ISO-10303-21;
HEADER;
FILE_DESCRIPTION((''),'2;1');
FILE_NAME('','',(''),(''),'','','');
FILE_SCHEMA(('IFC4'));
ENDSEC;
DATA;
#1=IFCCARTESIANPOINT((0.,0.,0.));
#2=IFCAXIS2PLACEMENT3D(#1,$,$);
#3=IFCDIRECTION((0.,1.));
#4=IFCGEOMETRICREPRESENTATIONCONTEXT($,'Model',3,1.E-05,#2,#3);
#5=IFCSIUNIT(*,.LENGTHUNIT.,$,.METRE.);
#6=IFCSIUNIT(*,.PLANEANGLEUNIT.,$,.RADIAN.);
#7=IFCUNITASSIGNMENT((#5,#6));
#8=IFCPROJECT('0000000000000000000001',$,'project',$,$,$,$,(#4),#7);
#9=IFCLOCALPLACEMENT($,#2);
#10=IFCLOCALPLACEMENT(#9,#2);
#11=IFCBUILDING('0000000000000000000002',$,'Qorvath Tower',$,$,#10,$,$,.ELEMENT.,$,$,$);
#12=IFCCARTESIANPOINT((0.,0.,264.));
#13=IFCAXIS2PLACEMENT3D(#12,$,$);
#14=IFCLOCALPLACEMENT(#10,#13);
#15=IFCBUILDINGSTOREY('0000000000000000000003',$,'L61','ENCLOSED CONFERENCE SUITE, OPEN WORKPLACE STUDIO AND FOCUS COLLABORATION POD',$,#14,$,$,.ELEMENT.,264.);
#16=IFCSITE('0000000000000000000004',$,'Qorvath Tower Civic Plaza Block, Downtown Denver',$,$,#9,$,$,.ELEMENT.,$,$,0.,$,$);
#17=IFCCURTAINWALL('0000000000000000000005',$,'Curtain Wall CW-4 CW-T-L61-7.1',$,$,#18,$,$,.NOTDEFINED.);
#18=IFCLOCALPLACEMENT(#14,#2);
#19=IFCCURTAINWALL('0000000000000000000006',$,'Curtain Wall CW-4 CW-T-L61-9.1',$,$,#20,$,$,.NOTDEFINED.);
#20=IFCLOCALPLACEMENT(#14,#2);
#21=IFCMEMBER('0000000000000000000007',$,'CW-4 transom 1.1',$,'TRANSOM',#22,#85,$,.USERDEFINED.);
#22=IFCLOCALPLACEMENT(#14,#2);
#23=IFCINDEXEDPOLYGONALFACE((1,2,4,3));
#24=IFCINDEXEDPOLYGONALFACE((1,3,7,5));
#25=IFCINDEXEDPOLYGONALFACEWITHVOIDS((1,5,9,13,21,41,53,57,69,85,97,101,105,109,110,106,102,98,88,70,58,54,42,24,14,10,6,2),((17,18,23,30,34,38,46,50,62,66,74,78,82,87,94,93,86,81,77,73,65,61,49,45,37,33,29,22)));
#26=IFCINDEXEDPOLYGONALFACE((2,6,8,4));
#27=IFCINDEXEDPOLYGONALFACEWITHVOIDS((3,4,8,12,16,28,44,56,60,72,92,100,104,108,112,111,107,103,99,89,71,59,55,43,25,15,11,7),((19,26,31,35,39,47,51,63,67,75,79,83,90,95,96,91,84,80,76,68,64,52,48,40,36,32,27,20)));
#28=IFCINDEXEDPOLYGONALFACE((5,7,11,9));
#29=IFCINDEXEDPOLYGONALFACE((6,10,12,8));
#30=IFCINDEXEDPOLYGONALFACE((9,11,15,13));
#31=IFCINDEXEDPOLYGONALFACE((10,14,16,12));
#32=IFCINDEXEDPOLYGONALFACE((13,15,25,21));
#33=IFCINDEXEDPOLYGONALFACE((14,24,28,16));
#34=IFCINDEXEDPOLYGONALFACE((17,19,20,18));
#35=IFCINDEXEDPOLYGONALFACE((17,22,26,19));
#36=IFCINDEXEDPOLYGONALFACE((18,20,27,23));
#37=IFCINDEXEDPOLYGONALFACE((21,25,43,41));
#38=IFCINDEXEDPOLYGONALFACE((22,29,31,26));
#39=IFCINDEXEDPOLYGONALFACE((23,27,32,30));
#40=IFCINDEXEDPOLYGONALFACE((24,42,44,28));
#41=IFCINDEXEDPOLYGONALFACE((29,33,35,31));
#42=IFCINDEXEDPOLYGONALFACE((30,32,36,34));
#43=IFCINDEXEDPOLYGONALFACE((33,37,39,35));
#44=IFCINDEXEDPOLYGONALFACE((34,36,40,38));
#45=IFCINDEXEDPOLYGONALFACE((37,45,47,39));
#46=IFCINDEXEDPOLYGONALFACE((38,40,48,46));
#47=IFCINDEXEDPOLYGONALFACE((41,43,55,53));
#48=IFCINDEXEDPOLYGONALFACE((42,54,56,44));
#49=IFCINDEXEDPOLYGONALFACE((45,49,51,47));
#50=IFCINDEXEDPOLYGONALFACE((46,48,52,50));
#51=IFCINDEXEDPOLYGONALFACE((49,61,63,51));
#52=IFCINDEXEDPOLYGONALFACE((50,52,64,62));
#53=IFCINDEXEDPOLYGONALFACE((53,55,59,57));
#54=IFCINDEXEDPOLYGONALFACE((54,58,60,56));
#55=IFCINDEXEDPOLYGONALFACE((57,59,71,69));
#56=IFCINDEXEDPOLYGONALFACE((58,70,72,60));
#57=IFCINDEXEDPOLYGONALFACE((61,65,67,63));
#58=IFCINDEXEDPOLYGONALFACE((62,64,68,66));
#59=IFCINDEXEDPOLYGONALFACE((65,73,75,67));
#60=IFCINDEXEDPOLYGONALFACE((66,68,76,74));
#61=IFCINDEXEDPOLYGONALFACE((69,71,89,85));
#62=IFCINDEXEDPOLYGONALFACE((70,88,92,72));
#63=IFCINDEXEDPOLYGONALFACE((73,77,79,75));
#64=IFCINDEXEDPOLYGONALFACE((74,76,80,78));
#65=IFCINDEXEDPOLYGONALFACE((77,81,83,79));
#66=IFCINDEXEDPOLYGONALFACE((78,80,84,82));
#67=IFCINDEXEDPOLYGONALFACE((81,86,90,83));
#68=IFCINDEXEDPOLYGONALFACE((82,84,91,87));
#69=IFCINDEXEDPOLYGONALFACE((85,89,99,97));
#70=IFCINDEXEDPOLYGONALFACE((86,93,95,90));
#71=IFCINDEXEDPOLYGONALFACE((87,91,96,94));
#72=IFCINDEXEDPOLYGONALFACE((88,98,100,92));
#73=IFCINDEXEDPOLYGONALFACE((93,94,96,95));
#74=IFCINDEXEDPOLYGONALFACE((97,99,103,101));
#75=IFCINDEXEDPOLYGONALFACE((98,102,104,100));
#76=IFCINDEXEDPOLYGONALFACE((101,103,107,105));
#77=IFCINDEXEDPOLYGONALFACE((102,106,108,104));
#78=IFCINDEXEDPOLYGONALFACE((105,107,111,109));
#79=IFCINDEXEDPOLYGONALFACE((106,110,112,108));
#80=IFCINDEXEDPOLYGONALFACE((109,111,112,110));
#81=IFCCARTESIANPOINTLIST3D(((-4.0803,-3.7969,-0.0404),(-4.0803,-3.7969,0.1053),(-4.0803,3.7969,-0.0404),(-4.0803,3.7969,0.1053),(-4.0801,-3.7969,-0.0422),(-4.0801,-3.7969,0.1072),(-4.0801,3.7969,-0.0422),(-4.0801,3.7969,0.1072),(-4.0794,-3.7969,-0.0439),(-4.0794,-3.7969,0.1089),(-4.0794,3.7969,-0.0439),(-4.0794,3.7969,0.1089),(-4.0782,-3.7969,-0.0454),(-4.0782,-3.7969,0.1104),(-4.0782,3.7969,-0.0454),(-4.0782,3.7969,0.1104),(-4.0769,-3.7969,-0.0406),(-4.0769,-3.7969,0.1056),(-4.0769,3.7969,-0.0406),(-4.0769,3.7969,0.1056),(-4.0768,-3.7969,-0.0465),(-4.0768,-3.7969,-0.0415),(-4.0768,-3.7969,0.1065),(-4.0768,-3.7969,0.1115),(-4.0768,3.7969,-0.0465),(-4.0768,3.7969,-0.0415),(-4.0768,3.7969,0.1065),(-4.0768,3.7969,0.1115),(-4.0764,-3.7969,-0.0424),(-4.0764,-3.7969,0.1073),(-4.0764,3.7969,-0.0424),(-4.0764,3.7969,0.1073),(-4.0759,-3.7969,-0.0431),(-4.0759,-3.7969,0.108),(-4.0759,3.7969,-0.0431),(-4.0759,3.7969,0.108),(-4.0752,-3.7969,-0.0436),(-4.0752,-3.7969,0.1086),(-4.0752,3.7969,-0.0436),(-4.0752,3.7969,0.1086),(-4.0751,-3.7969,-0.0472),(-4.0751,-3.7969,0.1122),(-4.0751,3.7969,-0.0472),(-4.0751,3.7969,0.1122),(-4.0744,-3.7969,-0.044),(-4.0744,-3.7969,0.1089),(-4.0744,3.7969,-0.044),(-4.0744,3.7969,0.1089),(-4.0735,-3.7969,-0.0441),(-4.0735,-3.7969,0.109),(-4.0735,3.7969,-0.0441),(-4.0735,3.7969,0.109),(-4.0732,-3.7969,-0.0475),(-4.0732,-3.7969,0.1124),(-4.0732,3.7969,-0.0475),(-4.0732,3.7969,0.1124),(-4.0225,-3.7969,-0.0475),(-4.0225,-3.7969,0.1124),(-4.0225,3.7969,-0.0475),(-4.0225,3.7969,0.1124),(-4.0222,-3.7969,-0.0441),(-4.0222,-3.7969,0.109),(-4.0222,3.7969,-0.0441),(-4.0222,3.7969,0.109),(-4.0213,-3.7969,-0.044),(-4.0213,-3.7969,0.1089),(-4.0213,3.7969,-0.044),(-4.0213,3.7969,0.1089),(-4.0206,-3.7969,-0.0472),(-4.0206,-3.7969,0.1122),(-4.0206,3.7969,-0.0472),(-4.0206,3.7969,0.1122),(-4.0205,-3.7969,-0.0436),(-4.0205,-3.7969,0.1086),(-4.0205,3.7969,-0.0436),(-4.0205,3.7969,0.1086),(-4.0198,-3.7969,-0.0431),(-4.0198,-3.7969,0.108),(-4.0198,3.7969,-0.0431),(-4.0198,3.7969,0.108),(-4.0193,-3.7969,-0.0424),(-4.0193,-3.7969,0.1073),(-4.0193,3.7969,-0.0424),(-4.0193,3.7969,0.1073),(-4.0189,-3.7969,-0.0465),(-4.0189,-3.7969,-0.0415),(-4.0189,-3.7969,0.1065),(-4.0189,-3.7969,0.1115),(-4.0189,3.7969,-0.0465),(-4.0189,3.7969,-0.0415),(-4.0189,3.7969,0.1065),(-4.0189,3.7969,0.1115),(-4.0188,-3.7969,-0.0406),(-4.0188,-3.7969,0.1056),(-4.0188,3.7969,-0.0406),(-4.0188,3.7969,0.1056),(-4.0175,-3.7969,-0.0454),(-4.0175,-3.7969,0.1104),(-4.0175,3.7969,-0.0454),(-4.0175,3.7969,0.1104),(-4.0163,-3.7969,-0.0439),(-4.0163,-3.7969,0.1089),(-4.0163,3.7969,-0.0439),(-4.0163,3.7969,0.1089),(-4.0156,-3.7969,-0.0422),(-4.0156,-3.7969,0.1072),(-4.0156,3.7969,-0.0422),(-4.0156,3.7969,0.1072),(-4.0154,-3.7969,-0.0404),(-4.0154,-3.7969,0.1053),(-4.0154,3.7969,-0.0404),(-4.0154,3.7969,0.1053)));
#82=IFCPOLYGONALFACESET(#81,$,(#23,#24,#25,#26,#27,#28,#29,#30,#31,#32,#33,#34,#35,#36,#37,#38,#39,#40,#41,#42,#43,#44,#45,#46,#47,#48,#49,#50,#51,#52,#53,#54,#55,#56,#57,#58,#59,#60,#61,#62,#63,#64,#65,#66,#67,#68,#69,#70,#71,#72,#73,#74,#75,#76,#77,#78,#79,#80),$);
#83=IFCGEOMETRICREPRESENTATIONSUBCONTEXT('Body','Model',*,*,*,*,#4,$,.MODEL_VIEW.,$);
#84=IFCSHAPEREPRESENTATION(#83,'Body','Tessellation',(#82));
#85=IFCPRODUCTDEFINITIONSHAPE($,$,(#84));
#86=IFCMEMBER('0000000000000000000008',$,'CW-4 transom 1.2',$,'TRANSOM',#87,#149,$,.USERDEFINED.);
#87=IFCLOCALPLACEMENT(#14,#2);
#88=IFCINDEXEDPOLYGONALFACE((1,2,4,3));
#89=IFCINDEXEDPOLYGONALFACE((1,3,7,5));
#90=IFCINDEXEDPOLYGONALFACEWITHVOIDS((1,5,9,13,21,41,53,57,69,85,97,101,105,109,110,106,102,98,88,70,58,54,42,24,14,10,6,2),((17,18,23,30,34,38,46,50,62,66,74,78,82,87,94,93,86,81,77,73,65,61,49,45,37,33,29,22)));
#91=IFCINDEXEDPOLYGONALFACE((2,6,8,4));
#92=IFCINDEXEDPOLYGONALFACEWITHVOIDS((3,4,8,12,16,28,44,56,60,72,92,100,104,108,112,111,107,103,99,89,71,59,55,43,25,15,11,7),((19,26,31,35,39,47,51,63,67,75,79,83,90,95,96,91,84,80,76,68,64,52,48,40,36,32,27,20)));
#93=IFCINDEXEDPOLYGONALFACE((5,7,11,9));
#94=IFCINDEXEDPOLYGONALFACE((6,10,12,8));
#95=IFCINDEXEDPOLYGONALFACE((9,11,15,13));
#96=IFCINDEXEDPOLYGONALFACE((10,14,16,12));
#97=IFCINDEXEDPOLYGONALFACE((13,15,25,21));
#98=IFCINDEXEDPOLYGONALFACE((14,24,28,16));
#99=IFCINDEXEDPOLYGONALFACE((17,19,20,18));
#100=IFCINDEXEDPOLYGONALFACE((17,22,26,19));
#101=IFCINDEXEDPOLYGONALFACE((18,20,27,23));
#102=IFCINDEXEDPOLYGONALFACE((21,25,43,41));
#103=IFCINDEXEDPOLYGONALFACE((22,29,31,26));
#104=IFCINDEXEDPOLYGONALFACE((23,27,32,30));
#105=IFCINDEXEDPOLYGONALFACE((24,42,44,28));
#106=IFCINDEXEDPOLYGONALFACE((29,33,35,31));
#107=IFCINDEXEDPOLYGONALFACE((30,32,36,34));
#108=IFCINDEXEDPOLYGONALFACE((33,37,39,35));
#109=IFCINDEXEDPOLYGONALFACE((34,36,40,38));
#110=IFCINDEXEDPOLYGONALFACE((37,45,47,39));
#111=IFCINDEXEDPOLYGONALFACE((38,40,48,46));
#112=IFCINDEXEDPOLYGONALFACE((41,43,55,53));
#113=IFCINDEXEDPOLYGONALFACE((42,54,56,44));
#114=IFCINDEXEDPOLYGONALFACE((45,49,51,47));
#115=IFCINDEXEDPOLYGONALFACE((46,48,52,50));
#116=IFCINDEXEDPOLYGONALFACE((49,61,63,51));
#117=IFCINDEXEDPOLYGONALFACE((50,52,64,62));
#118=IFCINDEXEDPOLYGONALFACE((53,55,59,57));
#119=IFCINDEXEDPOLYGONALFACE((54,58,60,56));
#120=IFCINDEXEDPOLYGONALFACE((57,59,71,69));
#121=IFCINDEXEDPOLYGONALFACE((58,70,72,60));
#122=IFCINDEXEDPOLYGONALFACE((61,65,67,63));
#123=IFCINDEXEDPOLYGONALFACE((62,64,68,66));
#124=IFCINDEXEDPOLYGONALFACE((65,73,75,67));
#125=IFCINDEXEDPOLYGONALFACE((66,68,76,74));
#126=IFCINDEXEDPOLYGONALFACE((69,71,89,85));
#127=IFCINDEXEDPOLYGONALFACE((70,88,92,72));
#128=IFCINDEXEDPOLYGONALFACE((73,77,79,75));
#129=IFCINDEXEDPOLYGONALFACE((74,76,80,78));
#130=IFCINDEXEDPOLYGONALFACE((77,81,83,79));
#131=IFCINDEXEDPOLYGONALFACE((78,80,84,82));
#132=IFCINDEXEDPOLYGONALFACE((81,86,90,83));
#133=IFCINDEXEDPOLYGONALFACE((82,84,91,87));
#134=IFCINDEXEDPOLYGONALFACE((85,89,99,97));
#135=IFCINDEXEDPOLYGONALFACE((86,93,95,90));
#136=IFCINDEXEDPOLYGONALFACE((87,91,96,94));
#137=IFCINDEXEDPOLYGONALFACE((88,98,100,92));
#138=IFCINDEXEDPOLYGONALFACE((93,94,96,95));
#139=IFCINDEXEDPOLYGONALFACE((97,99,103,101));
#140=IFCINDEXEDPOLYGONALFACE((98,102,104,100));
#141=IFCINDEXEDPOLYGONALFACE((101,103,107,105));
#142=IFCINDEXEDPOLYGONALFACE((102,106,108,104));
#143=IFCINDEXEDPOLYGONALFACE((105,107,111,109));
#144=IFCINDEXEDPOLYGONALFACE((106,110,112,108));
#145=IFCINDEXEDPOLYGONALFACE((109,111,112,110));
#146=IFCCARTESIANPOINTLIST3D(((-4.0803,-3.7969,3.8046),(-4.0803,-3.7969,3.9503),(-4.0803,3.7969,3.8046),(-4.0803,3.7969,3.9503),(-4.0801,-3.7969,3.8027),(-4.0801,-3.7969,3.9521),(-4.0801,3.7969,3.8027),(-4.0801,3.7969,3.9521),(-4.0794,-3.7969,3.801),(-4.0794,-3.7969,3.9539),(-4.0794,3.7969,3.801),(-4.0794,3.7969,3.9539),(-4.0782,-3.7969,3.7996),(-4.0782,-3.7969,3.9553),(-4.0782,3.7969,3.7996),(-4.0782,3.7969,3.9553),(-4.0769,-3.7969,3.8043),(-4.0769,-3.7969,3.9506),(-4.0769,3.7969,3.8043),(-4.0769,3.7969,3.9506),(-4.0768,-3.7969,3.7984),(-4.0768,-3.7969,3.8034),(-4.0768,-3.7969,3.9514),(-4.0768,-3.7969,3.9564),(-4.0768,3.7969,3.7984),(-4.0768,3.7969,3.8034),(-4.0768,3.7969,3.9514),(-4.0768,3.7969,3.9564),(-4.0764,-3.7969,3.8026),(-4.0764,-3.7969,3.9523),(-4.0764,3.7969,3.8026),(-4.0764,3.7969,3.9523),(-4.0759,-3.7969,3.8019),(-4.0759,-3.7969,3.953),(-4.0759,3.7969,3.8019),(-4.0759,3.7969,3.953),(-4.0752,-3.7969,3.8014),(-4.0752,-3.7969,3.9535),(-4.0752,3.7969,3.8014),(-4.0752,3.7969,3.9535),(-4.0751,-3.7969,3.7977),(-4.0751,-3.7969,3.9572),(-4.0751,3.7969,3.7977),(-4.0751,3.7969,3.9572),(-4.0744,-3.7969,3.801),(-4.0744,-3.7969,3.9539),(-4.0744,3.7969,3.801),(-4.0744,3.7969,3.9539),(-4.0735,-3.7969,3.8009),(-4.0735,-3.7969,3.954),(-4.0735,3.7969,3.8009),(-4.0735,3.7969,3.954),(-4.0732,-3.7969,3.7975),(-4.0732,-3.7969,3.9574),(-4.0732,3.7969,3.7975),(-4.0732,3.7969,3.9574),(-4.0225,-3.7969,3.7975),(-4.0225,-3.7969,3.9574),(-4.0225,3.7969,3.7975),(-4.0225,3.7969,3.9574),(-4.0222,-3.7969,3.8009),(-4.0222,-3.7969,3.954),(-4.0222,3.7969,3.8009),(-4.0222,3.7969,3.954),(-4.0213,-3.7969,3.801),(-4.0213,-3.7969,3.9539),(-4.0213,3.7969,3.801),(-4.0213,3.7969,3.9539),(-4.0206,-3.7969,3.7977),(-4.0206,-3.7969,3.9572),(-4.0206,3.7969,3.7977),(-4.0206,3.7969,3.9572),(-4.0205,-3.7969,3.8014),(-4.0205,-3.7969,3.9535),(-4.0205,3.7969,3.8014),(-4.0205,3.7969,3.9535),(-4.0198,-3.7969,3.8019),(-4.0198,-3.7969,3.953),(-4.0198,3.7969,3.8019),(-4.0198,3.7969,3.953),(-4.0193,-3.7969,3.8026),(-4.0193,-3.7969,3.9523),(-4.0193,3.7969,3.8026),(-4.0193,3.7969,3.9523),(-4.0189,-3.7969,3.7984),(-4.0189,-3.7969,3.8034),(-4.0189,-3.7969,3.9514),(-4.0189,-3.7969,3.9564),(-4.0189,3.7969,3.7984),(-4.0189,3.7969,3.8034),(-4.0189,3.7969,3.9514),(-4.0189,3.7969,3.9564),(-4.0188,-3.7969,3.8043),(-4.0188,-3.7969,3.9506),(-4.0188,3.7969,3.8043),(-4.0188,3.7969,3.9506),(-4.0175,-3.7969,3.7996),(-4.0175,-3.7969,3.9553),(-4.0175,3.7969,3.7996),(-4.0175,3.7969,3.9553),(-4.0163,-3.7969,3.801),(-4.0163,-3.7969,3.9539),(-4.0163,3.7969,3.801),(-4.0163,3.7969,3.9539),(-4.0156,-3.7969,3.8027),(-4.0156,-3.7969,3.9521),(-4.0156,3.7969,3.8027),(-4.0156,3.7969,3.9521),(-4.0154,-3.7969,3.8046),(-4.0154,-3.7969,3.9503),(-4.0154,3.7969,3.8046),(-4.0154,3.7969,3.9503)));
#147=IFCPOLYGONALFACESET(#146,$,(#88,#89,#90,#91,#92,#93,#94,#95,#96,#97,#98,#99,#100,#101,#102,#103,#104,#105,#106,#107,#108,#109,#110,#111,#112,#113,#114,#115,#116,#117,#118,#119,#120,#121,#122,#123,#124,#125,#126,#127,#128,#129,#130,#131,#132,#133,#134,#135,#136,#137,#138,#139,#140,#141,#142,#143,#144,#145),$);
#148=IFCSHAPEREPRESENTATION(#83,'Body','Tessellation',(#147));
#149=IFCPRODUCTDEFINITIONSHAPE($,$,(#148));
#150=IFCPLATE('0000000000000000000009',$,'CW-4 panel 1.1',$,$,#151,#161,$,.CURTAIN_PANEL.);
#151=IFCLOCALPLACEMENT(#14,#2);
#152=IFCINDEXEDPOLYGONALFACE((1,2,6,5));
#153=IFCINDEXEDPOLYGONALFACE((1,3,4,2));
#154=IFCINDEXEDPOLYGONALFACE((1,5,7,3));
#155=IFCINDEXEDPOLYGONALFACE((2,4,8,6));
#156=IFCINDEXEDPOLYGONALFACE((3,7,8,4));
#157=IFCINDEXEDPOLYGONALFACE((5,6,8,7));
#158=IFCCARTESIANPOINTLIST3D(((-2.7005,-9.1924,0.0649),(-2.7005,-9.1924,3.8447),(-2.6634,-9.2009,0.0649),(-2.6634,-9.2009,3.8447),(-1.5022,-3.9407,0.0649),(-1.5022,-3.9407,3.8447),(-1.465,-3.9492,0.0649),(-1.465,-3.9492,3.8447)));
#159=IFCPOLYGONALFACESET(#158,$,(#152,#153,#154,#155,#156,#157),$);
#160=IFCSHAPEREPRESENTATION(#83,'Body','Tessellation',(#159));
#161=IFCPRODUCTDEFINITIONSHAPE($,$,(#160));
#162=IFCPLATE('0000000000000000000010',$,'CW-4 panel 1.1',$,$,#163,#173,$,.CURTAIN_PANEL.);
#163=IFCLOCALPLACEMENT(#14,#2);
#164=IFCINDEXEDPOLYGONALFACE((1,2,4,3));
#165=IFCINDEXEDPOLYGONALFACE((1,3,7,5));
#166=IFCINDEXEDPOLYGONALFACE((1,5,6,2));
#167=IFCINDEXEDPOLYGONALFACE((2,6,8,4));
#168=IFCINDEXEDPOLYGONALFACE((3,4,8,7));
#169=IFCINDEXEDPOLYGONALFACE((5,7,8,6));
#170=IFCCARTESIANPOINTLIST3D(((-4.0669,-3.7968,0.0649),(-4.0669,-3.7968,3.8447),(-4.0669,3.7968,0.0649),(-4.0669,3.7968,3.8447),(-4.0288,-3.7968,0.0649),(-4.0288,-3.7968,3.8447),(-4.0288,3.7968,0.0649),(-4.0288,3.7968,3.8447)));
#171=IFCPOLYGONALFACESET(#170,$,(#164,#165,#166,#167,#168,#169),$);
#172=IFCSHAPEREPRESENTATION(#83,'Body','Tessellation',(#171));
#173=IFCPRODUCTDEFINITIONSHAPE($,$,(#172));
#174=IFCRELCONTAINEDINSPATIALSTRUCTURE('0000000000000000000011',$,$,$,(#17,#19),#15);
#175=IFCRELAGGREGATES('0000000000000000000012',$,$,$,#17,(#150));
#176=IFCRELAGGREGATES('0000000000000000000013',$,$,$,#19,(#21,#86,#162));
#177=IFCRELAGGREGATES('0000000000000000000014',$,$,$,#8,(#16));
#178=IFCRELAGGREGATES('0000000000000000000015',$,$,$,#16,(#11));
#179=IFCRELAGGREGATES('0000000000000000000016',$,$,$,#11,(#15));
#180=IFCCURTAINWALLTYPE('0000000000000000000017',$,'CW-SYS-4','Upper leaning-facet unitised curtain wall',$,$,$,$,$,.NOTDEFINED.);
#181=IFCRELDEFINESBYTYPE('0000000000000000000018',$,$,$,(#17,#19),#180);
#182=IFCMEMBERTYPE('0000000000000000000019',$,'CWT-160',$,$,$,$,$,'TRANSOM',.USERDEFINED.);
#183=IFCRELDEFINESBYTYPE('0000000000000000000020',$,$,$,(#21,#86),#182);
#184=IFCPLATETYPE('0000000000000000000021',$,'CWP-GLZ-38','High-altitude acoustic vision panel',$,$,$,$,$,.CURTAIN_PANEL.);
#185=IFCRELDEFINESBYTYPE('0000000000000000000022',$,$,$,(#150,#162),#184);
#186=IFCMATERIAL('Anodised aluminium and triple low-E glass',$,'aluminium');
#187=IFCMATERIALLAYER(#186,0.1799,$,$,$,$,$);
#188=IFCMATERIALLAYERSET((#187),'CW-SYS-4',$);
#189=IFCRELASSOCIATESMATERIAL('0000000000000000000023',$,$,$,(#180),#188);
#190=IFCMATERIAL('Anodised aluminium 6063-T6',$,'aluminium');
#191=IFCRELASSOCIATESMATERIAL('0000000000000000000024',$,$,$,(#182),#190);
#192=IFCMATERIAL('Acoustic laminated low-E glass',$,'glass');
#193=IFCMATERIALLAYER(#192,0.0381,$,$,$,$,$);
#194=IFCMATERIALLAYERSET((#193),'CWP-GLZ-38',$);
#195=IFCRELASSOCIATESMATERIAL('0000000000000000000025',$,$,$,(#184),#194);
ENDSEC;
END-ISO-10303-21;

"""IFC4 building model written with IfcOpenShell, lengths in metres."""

from ifc_helpers import new_model, si_unit, direction, frame, origin, origin_2d, place, context, subcontext, project, spatial, rectangle, hollow_rectangle, extrude, material, layer, layer_set, material_profile, profile_set, type_object, element, aggregate, save


model = new_model("IFC4")

# Units and contexts
model_context = context("Model", 3, precision=1e-05, world=origin(), true_north=direction((0.0, 1.0)))
body_context = subcontext(model_context, "Body", "Model", "MODEL_VIEW")
ifc_project = project(units=[si_unit("LENGTHUNIT", "METRE"), si_unit("PLANEANGLEUNIT", "RADIAN")], contexts=[model_context])

# Site, building, storey
site_placement = place(None, origin())
site = spatial("IfcSite", under=ifc_project, at=site_placement, Name="Qorvath Tower Civic Plaza Block, Downtown Denver", CompositionType="ELEMENT", RefElevation=0.0)
building_placement = place(site_placement, origin())
building = spatial("IfcBuilding", under=site, at=building_placement, Name="Qorvath Tower", CompositionType="ELEMENT")
storey_placement = place(building_placement, frame((0.0, 0.0, 264.0)))
storey = spatial("IfcBuildingStorey", under=building, at=storey_placement, Name="L61", Description="ENCLOSED CONFERENCE SUITE, OPEN WORKPLACE STUDIO AND FOCUS COLLABORATION POD", CompositionType="ELEMENT", Elevation=264.0)

# Curtain wall
ifc_material_1 = material(Name="Anodised aluminium and triple low-E glass", Category="aluminium")
ifc_layer_1 = layer(ifc_material_1, 0.1799)
ifc_layer_set_1 = layer_set([ifc_layer_1], Name="CW-SYS-4")
curtain_wall_type = type_object("IfcCurtainWallType", Name="CW-SYS-4", Description="Upper leaning-facet unitised curtain wall", PredefinedType="NOTDEFINED", material=ifc_layer_set_1)
curtain_wall_1_placement = place(storey_placement, origin())
curtain_wall_1 = element("IfcCurtainWall", 1, at=curtain_wall_1_placement, inside=storey, type_object=curtain_wall_type, Name="Curtain Wall CW-4 CW-T-L61-7.1", PredefinedType="NOTDEFINED")

# Curtain wall, members
curtain_wall_2_placement = place(storey_placement, origin())
curtain_wall_2 = element("IfcCurtainWall", 2, at=curtain_wall_2_placement, inside=storey, type_object=curtain_wall_type, Name="Curtain Wall CW-4 CW-T-L61-9.1", PredefinedType="NOTDEFINED")
ifc_material_2 = material(Name="Anodised aluminium 6063-T6", Category="aluminium")
ifc_material_profile_1 = material_profile(ifc_material_2, hollow_rectangle(XDim=0.0649, YDim=0.1599, WallThickness=0.0034, InnerFilletRadius=0.0034, OuterFilletRadius=0.0071, at=origin_2d()), Name="CWT 160x65")
ifc_profile_set_1 = profile_set([ifc_material_profile_1], Name="Anodised aluminium 6063-T6")
member_type_1 = type_object("IfcMemberType", Name="CWT-160", ElementType="TRANSOM", PredefinedType="USERDEFINED", material=ifc_profile_set_1)
member_1_placement = place(storey_placement, frame((-4.0479, -3.7969, 0.0325), z_axis=(0.0, 1.0, 0.0), x_axis=(-1.0, 0.0, 0.0)))
member_1 = element("IfcMember", 3, at=member_1_placement, type_object=member_type_1, Name="CW-4 transom 1.1", ObjectType="TRANSOM", PredefinedType="USERDEFINED", context=body_context, shape_type="SweptSolid", body=[
    extrude(hollow_rectangle(XDim=0.0649, YDim=0.1599, WallThickness=0.0034, InnerFilletRadius=0.0034, OuterFilletRadius=0.0071, at=origin_2d()), origin(), (0.0, 0.0, 1.0), 7.5938),
])
member_2_placement = place(storey_placement, frame((-4.0479, -3.7969, 3.8774), z_axis=(0.0, 1.0, 0.0), x_axis=(-1.0, 0.0, 0.0)))
member_2 = element("IfcMember", 4, at=member_2_placement, type_object=member_type_1, Name="CW-4 transom 1.2", ObjectType="TRANSOM", PredefinedType="USERDEFINED", context=body_context, shape_type="SweptSolid", body=[
    extrude(hollow_rectangle(XDim=0.0649, YDim=0.1599, WallThickness=0.0034, InnerFilletRadius=0.0034, OuterFilletRadius=0.0071, at=origin_2d()), origin(), (0.0, 0.0, 1.0), 7.5938),
])

# Plates
ifc_material_3 = material(Name="Acoustic laminated low-E glass", Category="glass")
ifc_layer_2 = layer(ifc_material_3, 0.0381)
ifc_layer_set_2 = layer_set([ifc_layer_2], Name="CWP-GLZ-38")
plate_type = type_object("IfcPlateType", Name="CWP-GLZ-38", Description="High-altitude acoustic vision panel", PredefinedType="CURTAIN_PANEL", material=ifc_layer_set_2)
plate_1_placement = place(storey_placement, frame((-2.0828, -6.5708, 0.0649), z_axis=(0.0, 0.0, 1.0), x_axis=(0.222459, 0.974942, 0.0)))
plate_1 = element("IfcPlate", 5, at=plate_1_placement, type_object=plate_type, Name="CW-4 panel 1.1", PredefinedType="CURTAIN_PANEL", context=body_context, shape_type="SweptSolid", body=[
    extrude(rectangle(XDim=5.3867, YDim=0.0381, at=origin_2d()), origin(), (0.0, 0.0, 1.0), 3.7798),
])
aggregate(curtain_wall_1, [plate_1])
plate_2_placement = place(storey_placement, frame((-4.0479, 0.0, 0.0649), z_axis=(0.0, 0.0, 1.0), x_axis=(0.0, 1.0, 0.0)))
plate_2 = element("IfcPlate", 6, at=plate_2_placement, type_object=plate_type, Name="CW-4 panel 1.1", PredefinedType="CURTAIN_PANEL", context=body_context, shape_type="SweptSolid", body=[
    extrude(rectangle(XDim=7.5935, YDim=0.0381, at=origin_2d()), origin(), (0.0, 0.0, 1.0), 3.7798),
])
aggregate(curtain_wall_2, [member_1, member_2, plate_2])

save(model, "model.ifc")
